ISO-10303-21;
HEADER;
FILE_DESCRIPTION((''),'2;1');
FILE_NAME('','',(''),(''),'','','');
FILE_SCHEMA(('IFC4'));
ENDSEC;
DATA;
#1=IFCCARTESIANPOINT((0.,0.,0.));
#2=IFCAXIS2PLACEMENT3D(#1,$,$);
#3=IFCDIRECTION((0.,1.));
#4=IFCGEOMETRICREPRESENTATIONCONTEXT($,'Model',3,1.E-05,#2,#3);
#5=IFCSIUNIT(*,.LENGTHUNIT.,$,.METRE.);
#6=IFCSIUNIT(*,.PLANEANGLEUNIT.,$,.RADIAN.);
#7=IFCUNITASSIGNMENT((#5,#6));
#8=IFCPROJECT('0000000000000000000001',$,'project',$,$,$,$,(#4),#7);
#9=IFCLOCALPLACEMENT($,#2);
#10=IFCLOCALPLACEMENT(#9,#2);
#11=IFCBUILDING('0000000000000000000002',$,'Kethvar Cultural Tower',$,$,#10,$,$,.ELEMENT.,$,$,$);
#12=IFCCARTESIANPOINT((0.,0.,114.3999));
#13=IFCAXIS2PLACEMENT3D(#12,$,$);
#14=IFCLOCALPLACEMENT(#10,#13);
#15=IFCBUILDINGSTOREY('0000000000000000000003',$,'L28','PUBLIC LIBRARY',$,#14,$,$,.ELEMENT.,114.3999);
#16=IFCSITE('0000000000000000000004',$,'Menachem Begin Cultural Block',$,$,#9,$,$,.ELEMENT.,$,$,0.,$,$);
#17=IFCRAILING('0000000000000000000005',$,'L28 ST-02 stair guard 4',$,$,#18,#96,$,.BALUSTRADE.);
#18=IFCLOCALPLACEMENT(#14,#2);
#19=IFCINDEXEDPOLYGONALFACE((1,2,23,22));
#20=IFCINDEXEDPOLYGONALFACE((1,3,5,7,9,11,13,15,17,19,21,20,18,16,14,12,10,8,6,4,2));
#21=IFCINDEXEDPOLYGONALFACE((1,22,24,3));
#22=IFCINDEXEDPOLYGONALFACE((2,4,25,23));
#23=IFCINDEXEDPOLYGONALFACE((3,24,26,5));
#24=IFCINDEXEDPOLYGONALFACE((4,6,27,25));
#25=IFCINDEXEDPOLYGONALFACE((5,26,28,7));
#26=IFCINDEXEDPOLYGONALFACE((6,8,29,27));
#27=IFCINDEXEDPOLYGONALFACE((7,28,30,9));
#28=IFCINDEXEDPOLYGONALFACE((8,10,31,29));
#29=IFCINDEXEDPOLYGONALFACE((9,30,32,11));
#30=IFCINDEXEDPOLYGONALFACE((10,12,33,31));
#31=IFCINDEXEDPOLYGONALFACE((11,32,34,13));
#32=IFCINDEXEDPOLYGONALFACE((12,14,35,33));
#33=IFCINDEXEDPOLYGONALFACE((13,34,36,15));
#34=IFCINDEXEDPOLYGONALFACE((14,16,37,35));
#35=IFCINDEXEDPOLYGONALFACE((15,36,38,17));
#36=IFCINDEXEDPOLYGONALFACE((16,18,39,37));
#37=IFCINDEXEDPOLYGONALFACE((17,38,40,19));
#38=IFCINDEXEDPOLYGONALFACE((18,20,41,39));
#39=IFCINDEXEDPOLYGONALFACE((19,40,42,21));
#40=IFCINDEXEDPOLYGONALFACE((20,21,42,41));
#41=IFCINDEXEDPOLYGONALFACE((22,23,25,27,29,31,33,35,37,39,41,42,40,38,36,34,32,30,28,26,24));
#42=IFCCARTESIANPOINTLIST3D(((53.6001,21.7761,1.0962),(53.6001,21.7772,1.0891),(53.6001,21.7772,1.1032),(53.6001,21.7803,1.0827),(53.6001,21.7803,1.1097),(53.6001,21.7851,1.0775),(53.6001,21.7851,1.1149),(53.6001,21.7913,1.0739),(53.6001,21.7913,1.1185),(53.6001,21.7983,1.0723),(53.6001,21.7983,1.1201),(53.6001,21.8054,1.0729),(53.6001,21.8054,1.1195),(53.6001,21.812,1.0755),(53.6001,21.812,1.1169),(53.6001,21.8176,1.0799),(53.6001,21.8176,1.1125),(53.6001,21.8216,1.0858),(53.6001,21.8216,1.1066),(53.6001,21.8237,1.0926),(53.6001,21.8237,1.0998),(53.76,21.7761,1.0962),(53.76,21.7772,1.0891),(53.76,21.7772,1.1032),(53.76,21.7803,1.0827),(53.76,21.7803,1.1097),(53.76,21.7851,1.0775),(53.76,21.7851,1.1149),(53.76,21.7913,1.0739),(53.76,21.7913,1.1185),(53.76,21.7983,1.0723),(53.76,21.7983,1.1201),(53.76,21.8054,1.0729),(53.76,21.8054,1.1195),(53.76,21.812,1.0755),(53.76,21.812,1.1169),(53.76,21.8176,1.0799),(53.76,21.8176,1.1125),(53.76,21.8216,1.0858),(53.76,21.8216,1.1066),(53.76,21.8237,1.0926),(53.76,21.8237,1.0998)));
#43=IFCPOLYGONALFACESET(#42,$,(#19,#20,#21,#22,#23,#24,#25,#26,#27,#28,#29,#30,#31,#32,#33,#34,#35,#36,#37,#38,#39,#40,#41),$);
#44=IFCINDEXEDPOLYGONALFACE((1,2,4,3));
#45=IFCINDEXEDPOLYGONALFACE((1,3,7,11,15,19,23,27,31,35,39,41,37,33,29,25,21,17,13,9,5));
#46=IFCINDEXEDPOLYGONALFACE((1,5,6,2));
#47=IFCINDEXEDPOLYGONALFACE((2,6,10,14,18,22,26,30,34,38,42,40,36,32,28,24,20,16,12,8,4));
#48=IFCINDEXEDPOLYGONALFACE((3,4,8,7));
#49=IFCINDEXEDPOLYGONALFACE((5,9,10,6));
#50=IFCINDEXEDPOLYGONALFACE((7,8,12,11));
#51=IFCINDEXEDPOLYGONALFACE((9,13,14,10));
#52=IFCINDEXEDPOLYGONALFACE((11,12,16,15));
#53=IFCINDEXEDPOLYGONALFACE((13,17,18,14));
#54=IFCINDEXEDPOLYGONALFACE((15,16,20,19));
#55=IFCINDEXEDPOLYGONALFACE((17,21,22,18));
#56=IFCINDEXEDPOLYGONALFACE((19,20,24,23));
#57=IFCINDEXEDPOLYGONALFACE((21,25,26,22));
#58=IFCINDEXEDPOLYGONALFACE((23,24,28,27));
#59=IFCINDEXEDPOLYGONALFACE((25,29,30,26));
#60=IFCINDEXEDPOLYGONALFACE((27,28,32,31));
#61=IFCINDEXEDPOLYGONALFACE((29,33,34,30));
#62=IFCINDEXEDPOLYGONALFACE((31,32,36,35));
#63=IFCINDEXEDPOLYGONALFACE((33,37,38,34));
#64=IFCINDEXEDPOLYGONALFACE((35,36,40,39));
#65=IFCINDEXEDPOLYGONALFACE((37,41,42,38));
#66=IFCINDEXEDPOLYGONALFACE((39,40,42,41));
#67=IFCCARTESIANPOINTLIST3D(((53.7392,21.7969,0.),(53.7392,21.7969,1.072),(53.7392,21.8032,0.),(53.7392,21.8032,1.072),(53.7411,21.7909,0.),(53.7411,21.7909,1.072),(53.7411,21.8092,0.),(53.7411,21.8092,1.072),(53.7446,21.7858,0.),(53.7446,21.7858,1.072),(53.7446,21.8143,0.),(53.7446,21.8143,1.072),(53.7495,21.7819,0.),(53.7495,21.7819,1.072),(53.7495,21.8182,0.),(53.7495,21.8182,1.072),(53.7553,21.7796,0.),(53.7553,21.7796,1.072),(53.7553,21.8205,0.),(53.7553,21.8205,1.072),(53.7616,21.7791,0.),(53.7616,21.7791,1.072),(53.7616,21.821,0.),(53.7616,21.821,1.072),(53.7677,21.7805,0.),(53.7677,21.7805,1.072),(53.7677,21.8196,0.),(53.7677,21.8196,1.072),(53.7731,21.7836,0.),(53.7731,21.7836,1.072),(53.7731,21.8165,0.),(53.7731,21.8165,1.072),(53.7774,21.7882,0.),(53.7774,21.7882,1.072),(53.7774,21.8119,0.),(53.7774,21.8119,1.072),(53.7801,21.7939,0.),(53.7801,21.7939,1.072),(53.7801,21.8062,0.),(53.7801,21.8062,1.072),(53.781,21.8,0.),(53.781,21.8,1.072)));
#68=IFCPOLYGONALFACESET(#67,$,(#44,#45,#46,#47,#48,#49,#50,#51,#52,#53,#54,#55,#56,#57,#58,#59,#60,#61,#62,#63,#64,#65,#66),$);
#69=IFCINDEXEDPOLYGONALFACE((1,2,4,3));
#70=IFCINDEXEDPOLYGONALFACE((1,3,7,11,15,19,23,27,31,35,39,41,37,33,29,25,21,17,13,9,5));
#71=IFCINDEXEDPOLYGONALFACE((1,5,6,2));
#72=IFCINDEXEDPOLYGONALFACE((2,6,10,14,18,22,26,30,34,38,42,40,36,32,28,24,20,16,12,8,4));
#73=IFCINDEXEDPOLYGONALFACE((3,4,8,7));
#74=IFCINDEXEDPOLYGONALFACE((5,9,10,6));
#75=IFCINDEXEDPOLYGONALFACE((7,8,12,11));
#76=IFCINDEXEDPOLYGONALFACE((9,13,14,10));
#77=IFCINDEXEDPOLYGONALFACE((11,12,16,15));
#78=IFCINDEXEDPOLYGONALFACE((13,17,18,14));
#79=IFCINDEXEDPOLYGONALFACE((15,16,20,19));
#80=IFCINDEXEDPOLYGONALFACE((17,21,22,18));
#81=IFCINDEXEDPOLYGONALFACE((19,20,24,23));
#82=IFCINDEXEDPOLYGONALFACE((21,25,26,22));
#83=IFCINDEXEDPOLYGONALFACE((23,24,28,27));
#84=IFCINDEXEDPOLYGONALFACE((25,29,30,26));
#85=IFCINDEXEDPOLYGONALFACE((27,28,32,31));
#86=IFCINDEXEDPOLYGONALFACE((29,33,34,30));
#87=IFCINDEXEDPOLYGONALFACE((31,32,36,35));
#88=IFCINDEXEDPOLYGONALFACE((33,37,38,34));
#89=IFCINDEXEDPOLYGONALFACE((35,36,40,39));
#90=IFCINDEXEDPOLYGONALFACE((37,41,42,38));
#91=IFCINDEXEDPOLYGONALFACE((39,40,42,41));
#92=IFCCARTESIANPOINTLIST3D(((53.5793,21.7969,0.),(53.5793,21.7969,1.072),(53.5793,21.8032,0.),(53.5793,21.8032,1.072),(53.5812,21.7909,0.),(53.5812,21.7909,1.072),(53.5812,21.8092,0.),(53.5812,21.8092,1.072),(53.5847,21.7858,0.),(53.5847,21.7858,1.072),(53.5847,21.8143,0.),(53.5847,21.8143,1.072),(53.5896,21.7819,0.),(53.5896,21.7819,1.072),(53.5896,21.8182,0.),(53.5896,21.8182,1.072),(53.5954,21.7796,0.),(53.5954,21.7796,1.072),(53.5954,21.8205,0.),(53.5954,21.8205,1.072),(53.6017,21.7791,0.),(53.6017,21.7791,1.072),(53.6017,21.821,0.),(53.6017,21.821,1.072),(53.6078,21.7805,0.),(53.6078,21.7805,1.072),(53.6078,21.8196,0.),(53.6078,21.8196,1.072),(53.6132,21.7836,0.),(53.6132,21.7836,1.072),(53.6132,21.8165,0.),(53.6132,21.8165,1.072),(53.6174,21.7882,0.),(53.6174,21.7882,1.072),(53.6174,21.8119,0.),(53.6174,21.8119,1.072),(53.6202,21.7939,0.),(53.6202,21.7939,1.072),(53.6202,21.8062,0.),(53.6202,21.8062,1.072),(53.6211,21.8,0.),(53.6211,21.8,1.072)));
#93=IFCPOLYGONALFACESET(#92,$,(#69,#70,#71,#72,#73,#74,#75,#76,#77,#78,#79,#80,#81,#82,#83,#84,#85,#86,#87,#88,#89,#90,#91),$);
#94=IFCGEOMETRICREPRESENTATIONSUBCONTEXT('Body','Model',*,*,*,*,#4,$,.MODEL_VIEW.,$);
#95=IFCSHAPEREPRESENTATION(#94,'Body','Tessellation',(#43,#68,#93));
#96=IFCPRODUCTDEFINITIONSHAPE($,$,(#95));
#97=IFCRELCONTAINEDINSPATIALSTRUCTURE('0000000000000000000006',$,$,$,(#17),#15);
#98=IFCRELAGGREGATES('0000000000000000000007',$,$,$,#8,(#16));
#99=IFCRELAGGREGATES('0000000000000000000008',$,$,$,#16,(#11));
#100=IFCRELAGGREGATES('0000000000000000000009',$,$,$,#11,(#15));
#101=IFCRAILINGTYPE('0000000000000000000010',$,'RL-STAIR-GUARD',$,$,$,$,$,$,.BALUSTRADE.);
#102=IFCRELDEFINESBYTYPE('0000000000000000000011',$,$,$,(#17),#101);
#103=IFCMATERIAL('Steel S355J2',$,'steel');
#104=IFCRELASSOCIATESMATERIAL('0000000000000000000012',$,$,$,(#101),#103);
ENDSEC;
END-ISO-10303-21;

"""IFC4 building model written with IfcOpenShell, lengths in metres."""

from ifc_helpers import new_model, si_unit, direction, frame, origin, origin_2d, place, context, subcontext, project, spatial, circle, extrude, material, type_object, element, save


model = new_model("IFC4")

# Units and contexts
model_context = context("Model", 3, precision=1e-05, world=origin(), true_north=direction((0.0, 1.0)))
body_context = subcontext(model_context, "Body", "Model", "MODEL_VIEW")
ifc_project = project(units=[si_unit("LENGTHUNIT", "METRE"), si_unit("PLANEANGLEUNIT", "RADIAN")], contexts=[model_context])

# Site, building, storey
site_placement = place(None, origin())
site = spatial("IfcSite", under=ifc_project, at=site_placement, Name="Menachem Begin Cultural Block", CompositionType="ELEMENT", RefElevation=0.0)
building_placement = place(site_placement, origin())
building = spatial("IfcBuilding", under=site, at=building_placement, Name="Kethvar Cultural Tower", CompositionType="ELEMENT")
storey_placement = place(building_placement, frame((0.0, 0.0, 114.3999)))
storey = spatial("IfcBuildingStorey", under=building, at=storey_placement, Name="L28", Description="PUBLIC LIBRARY", CompositionType="ELEMENT", Elevation=114.3999)

# Shared definitions
ifc_material_1 = material(Name="Steel S355J2", Category="steel")

# Railing
railing_type_1 = type_object("IfcRailingType", Name="RL-STAIR-GUARD", PredefinedType="BALUSTRADE", material=ifc_material_1)
railing_1_placement = place(storey_placement, frame((53.76, 21.8, 0.0)))
element("IfcRailing", 1, at=railing_1_placement, inside=storey, type_object=railing_type_1, Name="L28 ST-02 stair guard 4", PredefinedType="BALUSTRADE", context=body_context, shape_type="SweptSolid", body=[
    extrude(circle(Radius=0.0239, at=origin_2d()), frame((0.0, 0.0, 1.0962), z_axis=(-1.0, 0.0, 0.0), x_axis=(0.0, -1.0, 0.0)), (0.0, 0.0, 1.0), 0.1599),
    extrude(circle(Radius=0.021, at=origin_2d()), origin(), (0.0, 0.0, 1.0), 1.072),
    extrude(circle(Radius=0.021, at=origin_2d()), frame((-0.1599, 0.0, 0.0)), (0.0, 0.0, 1.0), 1.072),
])

save(model, "model.ifc")
